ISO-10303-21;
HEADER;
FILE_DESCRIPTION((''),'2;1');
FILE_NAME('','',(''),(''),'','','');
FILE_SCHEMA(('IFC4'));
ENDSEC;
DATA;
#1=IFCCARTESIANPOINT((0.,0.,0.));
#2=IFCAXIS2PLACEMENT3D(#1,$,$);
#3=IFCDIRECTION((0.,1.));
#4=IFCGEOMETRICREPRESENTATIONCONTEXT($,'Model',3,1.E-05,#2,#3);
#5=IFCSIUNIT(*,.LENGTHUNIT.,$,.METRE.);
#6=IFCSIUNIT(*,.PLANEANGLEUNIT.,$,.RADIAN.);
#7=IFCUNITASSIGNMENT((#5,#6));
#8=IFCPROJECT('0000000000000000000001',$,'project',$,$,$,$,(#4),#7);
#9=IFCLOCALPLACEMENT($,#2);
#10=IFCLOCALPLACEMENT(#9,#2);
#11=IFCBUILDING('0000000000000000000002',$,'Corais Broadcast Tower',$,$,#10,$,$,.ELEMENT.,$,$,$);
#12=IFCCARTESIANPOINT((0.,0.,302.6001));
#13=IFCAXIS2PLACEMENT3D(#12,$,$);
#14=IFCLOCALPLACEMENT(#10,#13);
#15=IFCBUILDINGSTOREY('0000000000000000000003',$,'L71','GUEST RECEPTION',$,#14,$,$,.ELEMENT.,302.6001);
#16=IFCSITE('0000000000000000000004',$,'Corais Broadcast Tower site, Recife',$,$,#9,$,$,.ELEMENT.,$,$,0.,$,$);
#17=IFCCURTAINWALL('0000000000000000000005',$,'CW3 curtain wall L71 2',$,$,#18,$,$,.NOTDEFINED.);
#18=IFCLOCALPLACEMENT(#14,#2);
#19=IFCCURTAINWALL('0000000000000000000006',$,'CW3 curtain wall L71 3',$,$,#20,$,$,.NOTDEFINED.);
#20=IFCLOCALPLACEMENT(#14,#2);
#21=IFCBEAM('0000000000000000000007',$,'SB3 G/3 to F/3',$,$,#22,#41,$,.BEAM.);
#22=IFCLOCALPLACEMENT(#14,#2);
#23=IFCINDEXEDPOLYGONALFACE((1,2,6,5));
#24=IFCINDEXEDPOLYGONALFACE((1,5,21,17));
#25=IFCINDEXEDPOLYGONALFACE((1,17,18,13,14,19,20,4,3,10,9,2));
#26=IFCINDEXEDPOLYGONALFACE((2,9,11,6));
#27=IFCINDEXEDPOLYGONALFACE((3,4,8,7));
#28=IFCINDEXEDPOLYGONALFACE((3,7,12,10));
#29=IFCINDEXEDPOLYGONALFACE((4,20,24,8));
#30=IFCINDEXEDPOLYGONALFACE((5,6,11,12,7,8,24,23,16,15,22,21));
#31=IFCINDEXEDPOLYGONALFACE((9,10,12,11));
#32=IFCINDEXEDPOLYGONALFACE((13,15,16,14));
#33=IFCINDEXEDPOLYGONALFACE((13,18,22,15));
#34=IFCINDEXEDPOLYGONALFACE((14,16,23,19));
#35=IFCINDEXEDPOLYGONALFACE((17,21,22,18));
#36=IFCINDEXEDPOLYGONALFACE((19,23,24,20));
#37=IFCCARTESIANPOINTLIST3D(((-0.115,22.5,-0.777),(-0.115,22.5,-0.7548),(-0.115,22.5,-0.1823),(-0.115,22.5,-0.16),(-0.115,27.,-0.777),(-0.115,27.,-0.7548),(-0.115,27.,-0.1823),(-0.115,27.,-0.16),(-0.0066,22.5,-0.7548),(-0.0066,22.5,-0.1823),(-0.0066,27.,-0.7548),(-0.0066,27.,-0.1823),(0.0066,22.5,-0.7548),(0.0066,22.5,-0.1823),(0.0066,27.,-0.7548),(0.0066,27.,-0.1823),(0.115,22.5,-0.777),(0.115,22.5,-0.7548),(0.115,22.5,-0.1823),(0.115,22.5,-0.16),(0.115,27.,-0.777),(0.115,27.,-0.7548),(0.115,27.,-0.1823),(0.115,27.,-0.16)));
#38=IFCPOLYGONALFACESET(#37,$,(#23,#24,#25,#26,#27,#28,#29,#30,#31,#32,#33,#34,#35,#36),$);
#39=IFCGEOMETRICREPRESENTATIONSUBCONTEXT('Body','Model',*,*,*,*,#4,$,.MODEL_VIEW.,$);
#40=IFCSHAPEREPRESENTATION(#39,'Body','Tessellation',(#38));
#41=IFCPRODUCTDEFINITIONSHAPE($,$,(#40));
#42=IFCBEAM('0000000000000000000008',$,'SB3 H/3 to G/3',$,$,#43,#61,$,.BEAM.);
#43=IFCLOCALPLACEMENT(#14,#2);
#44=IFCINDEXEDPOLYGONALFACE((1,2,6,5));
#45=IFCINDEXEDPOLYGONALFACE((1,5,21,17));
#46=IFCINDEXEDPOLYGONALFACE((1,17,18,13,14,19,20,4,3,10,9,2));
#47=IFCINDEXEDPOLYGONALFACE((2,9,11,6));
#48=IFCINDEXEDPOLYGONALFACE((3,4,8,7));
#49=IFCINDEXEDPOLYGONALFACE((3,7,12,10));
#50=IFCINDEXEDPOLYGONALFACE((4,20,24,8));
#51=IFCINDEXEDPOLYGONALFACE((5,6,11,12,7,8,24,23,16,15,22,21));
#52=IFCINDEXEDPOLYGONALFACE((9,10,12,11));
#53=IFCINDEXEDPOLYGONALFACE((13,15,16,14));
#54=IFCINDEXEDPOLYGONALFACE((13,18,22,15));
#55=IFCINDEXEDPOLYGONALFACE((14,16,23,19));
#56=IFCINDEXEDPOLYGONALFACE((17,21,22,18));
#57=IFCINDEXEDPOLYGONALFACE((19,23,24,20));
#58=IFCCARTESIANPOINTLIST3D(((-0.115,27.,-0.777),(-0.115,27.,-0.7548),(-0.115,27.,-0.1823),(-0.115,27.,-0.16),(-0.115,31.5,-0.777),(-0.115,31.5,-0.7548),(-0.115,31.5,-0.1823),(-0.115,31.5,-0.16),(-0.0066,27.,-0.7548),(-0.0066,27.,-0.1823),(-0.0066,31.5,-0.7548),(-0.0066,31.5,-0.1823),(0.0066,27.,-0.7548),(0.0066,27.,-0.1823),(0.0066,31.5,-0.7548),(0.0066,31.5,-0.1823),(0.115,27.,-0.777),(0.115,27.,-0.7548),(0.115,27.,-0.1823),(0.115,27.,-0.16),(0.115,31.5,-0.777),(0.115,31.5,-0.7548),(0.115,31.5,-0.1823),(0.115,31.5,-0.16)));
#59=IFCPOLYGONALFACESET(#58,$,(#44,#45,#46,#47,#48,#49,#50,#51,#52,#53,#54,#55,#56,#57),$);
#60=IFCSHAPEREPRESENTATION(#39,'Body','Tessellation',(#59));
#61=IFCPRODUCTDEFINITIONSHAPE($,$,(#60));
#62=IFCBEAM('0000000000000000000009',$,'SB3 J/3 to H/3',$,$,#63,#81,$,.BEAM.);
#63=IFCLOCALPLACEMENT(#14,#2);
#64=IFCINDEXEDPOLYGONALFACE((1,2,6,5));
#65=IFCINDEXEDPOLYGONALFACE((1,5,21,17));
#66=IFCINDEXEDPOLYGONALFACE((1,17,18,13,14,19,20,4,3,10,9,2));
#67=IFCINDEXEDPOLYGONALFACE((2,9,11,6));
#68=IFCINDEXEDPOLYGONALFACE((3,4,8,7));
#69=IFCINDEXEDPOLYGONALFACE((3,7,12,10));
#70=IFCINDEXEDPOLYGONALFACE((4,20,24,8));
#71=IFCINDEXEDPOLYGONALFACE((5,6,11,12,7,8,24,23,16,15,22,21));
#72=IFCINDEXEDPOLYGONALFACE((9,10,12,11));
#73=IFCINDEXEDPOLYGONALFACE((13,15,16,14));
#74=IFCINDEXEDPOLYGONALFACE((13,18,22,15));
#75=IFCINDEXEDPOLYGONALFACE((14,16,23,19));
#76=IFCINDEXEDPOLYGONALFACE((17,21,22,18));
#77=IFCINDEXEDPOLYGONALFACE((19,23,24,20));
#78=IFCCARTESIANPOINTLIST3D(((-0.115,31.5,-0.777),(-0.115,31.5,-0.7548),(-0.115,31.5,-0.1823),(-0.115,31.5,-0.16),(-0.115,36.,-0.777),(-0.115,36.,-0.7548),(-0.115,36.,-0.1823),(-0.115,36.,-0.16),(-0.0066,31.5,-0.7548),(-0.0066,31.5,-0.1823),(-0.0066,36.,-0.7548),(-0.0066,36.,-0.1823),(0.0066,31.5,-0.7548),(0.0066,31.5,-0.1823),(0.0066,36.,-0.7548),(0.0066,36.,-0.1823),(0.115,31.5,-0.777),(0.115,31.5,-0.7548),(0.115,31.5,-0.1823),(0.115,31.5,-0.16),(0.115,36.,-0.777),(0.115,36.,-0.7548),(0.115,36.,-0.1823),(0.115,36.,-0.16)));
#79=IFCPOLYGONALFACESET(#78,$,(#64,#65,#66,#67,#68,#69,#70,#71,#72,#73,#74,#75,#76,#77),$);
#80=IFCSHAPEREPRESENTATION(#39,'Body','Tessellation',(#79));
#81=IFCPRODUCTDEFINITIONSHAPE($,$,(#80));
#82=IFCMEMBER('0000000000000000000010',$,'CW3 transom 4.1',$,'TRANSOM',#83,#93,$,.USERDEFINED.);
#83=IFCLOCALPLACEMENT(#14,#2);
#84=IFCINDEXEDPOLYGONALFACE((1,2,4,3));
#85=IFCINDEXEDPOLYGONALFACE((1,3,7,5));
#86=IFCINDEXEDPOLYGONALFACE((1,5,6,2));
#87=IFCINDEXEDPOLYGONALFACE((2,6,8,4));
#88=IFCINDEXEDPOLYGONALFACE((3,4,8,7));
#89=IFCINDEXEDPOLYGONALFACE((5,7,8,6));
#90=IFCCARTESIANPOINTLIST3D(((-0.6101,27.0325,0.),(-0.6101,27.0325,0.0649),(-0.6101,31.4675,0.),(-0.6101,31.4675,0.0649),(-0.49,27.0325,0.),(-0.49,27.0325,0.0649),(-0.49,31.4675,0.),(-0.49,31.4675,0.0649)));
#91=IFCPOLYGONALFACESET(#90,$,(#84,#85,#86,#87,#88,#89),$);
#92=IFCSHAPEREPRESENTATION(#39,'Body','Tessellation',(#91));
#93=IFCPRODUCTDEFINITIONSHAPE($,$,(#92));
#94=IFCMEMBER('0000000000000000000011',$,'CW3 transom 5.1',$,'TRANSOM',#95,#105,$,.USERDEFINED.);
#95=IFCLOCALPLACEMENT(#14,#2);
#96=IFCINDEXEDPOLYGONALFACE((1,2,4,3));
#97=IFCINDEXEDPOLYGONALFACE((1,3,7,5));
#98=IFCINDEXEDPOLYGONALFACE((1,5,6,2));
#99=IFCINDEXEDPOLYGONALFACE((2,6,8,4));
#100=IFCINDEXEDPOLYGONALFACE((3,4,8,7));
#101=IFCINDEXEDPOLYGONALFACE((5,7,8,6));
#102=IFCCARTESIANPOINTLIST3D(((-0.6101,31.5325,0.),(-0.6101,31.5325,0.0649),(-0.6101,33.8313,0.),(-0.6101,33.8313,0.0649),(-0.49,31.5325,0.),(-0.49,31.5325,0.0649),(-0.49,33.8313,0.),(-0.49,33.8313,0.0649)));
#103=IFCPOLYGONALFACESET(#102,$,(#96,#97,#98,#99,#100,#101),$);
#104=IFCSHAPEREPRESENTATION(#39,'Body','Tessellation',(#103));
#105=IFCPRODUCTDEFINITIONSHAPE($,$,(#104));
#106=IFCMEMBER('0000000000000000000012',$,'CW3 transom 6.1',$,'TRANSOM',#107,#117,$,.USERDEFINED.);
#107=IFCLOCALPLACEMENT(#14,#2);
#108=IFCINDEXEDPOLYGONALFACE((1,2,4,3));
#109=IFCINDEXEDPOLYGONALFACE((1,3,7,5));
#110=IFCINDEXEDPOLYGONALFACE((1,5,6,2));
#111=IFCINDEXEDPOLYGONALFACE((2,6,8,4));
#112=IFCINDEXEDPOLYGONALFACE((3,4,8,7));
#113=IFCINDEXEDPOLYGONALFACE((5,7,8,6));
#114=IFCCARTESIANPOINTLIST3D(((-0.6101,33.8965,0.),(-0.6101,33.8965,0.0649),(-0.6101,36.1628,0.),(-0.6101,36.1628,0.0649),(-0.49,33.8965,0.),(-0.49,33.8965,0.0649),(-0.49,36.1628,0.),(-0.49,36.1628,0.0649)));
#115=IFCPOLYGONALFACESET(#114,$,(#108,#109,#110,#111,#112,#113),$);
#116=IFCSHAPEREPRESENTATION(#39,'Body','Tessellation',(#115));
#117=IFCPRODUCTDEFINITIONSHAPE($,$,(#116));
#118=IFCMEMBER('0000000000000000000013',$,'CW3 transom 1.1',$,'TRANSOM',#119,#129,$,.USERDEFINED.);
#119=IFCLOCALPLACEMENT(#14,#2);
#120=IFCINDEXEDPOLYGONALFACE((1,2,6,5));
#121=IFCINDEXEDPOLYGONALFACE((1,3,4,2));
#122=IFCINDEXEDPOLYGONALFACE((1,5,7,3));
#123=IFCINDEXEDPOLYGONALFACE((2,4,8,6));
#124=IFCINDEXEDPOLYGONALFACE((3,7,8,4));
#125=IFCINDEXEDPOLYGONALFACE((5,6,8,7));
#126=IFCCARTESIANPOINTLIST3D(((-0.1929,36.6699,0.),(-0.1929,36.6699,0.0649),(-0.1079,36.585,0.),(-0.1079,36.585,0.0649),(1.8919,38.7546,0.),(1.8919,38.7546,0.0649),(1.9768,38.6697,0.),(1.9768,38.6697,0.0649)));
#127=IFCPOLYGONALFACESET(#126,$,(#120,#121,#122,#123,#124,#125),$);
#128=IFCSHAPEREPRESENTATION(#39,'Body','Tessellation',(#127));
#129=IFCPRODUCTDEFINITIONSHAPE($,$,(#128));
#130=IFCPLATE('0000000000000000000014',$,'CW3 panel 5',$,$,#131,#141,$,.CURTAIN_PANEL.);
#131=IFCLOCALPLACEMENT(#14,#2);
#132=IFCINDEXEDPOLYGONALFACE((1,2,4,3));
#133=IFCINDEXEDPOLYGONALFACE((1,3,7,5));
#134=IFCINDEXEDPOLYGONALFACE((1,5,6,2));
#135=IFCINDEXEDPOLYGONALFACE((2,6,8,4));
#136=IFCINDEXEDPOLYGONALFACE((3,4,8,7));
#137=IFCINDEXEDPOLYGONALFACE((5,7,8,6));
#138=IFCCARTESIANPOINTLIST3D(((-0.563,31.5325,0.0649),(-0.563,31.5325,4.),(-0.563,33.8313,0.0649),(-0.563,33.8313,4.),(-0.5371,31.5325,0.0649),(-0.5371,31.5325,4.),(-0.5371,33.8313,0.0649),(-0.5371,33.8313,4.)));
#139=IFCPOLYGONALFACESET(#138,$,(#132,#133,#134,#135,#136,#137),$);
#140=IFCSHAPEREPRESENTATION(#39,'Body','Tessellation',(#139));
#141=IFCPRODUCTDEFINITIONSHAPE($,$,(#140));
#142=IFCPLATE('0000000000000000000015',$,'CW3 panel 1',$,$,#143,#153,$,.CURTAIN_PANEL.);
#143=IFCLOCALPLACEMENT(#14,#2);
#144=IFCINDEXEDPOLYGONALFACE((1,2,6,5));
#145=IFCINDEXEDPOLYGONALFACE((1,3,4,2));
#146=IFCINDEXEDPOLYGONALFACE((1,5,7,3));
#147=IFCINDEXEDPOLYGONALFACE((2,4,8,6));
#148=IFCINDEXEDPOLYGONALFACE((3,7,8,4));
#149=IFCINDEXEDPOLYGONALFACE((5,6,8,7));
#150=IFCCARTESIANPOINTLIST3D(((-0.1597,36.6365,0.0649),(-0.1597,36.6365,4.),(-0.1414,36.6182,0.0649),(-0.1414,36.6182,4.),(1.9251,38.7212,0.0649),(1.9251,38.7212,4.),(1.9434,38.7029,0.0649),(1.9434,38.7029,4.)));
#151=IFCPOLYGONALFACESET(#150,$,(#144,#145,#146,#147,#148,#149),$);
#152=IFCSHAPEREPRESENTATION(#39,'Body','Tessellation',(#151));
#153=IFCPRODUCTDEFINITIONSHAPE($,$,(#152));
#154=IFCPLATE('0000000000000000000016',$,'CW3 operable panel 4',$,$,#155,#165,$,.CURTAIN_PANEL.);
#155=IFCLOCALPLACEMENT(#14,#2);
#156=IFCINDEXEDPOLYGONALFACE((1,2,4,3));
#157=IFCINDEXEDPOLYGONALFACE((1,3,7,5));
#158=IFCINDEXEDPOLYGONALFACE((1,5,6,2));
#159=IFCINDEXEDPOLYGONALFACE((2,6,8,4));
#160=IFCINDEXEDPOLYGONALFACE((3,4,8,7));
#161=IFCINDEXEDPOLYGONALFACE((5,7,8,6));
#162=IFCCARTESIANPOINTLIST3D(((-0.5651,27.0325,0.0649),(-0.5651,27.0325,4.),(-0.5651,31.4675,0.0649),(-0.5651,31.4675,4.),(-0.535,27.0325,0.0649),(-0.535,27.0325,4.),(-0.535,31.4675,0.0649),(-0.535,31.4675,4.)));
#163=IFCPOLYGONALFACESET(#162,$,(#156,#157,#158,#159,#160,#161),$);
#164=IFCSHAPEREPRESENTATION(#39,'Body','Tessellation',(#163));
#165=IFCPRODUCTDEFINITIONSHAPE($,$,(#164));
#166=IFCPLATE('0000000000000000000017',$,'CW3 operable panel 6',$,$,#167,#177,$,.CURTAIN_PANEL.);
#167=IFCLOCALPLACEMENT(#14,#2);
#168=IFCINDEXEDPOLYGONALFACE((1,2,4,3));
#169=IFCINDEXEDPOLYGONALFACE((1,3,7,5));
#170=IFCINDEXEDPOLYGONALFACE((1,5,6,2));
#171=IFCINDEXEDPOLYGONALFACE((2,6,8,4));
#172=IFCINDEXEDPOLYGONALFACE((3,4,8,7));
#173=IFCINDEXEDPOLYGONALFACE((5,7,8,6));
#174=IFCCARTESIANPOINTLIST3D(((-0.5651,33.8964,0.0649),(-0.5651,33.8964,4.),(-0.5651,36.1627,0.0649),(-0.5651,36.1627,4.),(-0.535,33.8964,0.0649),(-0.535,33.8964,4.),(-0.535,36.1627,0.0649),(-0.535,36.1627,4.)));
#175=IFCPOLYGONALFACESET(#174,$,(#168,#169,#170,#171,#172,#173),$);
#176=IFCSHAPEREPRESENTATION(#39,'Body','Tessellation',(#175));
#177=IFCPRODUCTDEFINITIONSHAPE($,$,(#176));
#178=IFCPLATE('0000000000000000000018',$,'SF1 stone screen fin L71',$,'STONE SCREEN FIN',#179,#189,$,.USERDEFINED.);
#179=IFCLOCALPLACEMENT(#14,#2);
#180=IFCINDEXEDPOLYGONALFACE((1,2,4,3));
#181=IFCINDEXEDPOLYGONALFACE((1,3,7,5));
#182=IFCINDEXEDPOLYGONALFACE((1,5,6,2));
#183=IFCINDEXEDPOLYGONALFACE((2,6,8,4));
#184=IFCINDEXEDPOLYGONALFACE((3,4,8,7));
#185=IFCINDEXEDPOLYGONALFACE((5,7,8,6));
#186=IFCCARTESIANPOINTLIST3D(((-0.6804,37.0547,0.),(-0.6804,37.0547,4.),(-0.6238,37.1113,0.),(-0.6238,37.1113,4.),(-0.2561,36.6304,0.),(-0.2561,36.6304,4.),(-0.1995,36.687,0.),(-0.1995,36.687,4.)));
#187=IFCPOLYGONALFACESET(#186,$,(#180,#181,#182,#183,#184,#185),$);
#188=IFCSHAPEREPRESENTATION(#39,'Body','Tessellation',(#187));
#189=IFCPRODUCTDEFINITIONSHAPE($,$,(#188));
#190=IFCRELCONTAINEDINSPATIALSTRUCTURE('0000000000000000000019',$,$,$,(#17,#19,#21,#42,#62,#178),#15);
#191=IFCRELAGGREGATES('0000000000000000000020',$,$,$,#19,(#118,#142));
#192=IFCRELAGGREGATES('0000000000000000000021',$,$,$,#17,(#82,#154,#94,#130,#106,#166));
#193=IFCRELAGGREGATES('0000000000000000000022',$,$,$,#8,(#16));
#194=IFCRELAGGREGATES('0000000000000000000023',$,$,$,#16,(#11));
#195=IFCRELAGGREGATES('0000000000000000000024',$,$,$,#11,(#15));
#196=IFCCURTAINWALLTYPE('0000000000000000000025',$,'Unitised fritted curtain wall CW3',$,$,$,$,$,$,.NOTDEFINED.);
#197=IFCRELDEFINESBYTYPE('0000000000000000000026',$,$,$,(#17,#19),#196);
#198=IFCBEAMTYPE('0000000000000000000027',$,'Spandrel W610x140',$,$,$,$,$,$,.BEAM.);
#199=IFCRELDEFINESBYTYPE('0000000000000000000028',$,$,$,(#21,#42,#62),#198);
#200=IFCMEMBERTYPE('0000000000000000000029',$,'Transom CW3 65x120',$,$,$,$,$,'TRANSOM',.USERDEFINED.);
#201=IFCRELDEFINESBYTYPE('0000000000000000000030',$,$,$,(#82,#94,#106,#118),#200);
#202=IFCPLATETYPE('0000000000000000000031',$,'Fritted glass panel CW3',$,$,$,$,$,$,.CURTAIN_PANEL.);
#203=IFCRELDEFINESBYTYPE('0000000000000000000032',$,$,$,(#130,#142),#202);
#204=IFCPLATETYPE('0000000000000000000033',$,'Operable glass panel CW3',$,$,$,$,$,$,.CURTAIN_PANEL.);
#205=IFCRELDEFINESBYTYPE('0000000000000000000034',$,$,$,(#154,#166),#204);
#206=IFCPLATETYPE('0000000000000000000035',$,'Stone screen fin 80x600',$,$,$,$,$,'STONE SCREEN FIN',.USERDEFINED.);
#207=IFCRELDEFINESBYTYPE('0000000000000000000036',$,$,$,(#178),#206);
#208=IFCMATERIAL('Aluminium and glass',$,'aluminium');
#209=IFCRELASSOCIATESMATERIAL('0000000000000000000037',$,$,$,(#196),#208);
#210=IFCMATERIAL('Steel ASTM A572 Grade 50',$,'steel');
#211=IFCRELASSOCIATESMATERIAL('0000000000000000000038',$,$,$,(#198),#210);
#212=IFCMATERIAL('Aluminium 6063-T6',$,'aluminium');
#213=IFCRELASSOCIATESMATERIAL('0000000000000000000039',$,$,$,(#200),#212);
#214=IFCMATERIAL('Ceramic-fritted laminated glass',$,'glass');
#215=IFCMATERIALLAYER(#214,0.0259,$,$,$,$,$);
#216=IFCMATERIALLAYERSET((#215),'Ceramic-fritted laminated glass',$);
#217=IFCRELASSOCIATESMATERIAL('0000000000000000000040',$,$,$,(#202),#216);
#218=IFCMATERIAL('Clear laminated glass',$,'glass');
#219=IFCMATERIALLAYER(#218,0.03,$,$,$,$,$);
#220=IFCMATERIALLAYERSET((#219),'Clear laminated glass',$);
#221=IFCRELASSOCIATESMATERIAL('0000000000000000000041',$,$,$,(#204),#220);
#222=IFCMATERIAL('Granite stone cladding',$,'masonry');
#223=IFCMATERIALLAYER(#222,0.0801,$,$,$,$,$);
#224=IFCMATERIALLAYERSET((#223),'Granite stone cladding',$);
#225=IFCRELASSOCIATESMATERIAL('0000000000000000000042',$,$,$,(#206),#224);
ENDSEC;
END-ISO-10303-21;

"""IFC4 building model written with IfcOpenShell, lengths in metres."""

from ifc_helpers import new_model, si_unit, direction, frame, origin, origin_2d, place, context, subcontext, project, spatial, rectangle, i_section, extrude, material, layer, layer_set, material_profile, profile_set, type_object, element, aggregate, save


model = new_model("IFC4")

# Units and contexts
model_context = context("Model", 3, precision=1e-05, world=origin(), true_north=direction((0.0, 1.0)))
body_context = subcontext(model_context, "Body", "Model", "MODEL_VIEW")
ifc_project = project(units=[si_unit("LENGTHUNIT", "METRE"), si_unit("PLANEANGLEUNIT", "RADIAN")], contexts=[model_context])

# Site, building, storey
site_placement = place(None, origin())
site = spatial("IfcSite", under=ifc_project, at=site_placement, Name="Corais Broadcast Tower site, Recife", CompositionType="ELEMENT", RefElevation=0.0)
building_placement = place(site_placement, origin())
building = spatial("IfcBuilding", under=site, at=building_placement, Name="Corais Broadcast Tower", CompositionType="ELEMENT")
storey_placement = place(building_placement, frame((0.0, 0.0, 302.6001)))
storey = spatial("IfcBuildingStorey", under=building, at=storey_placement, Name="L71", Description="GUEST RECEPTION", CompositionType="ELEMENT", Elevation=302.6001)

# Curtain walls
ifc_material_1 = material(Name="Aluminium and glass", Category="aluminium")
curtain_wall_type = type_object("IfcCurtainWallType", Name="Unitised fritted curtain wall CW3", PredefinedType="NOTDEFINED", material=ifc_material_1)
curtain_wall_1_placement = place(storey_placement, origin())
curtain_wall_1 = element("IfcCurtainWall", 1, at=curtain_wall_1_placement, inside=storey, type_object=curtain_wall_type, Name="CW3 curtain wall L71 2", PredefinedType="NOTDEFINED")
curtain_wall_2_placement = place(storey_placement, origin())
curtain_wall_2 = element("IfcCurtainWall", 2, at=curtain_wall_2_placement, inside=storey, type_object=curtain_wall_type, Name="CW3 curtain wall L71 3", PredefinedType="NOTDEFINED")

# Beams
ifc_material_2 = material(Name="Steel ASTM A572 Grade 50", Category="steel")
ifc_material_profile_1 = material_profile(ifc_material_2, i_section(OverallWidth=0.23, OverallDepth=0.6169, WebThickness=0.0132, FlangeThickness=0.0222, at=origin_2d()), Name="W610x140")
ifc_profile_set_1 = profile_set([ifc_material_profile_1], Name="Steel ASTM A572 Grade 50")
beam_type_1 = type_object("IfcBeamType", Name="Spandrel W610x140", PredefinedType="BEAM", material=ifc_profile_set_1)
for number, where, z_axis, x_axis, name in (
    (3, (0.0, 27.0, -0.4685), (0.0, -1.0, 0.0), (1.0, 0.0, 0.0), "SB3 G/3 to F/3"),
    (4, (0.0, 31.5, -0.4685), (0.0, -1.0, 0.0), (1.0, 0.0, 0.0), "SB3 H/3 to G/3"),
    (5, (0.0, 36.0, -0.4685), (0.0, -1.0, 0.0), (1.0, 0.0, 0.0), "SB3 J/3 to H/3"),
):
    element("IfcBeam", number, at=place(storey_placement, frame(where, z_axis=z_axis, x_axis=x_axis)), inside=storey, type_object=beam_type_1, Name=name, PredefinedType="BEAM", context=body_context, shape_type="SweptSolid", body=[
        extrude(i_section(OverallWidth=0.23, OverallDepth=0.6169, WebThickness=0.0132, FlangeThickness=0.0222, at=origin_2d()), origin(), (0.0, 0.0, 1.0), 4.5),
    ])

# Members
ifc_material_3 = material(Name="Aluminium 6063-T6", Category="aluminium")
ifc_material_profile_2 = material_profile(ifc_material_3, rectangle(XDim=0.1201, YDim=0.0649, at=origin_2d()), Name="Transom CW3 65x120")
ifc_profile_set_2 = profile_set([ifc_material_profile_2], Name="Aluminium 6063-T6")
member_type_1 = type_object("IfcMemberType", Name="Transom CW3 65x120", ElementType="TRANSOM", PredefinedType="USERDEFINED", material=ifc_profile_set_2)
member_1_placement = place(storey_placement, frame((-0.55, 27.0325, 0.0325), z_axis=(0.0, 1.0, 0.0), x_axis=(-1.0, 0.0, 0.0)))
member_1 = element("IfcMember", 6, at=member_1_placement, type_object=member_type_1, Name="CW3 transom 4.1", ObjectType="TRANSOM", PredefinedType="USERDEFINED", context=body_context, shape_type="SweptSolid", body=[
    extrude(rectangle(XDim=0.1201, YDim=0.0649, at=origin_2d()), origin(), (0.0, 0.0, 1.0), 4.4351),
])
member_2_placement = place(storey_placement, frame((-0.55, 31.5325, 0.0325), z_axis=(0.0, 1.0, 0.0), x_axis=(-1.0, 0.0, 0.0)))
member_2 = element("IfcMember", 7, at=member_2_placement, type_object=member_type_1, Name="CW3 transom 5.1", ObjectType="TRANSOM", PredefinedType="USERDEFINED", context=body_context, shape_type="SweptSolid", body=[
    extrude(rectangle(XDim=0.1201, YDim=0.0649, at=origin_2d()), origin(), (0.0, 0.0, 1.0), 2.2988),
])
member_3_placement = place(storey_placement, frame((-0.55, 33.8965, 0.0325), z_axis=(0.0, 1.0, 0.0), x_axis=(-1.0, 0.0, 0.0)))
member_3 = element("IfcMember", 8, at=member_3_placement, type_object=member_type_1, Name="CW3 transom 6.1", ObjectType="TRANSOM", PredefinedType="USERDEFINED", context=body_context, shape_type="SweptSolid", body=[
    extrude(rectangle(XDim=0.1201, YDim=0.0649, at=origin_2d()), origin(), (0.0, 0.0, 1.0), 2.2664),
])
member_4_placement = place(storey_placement, frame((-0.1504, 36.6274, 0.0325), z_axis=(0.707107, 0.707107, 0.0), x_axis=(-0.707107, 0.707107, 0.0)))
member_4 = element("IfcMember", 9, at=member_4_placement, type_object=member_type_1, Name="CW3 transom 1.1", ObjectType="TRANSOM", PredefinedType="USERDEFINED", context=body_context, shape_type="SweptSolid", body=[
    extrude(rectangle(XDim=0.1201, YDim=0.0649, at=origin_2d()), origin(), (0.0, 0.0, 1.0), 2.9482),
])

# Plates
ifc_material_4 = material(Name="Ceramic-fritted laminated glass", Category="glass")
ifc_layer_1 = layer(ifc_material_4, 0.0259)
ifc_layer_set_1 = layer_set([ifc_layer_1], Name="Ceramic-fritted laminated glass")
plate_type_1 = type_object("IfcPlateType", Name="Fritted glass panel CW3", PredefinedType="CURTAIN_PANEL", material=ifc_layer_set_1)
plate_1_placement = place(storey_placement, frame((-0.55, 32.6819, 0.0649), z_axis=(0.0, 0.0, 1.0), x_axis=(0.0, 1.0, 0.0)))
plate_1 = element("IfcPlate", 10, at=plate_1_placement, type_object=plate_type_1, Name="CW3 panel 5", PredefinedType="CURTAIN_PANEL", context=body_context, shape_type="SweptSolid", body=[
    extrude(rectangle(XDim=2.2988, YDim=0.0259, at=origin_2d()), origin(), (0.0, 0.0, 1.0), 3.9351),
])
plate_2_placement = place(storey_placement, frame((0.8918, 37.6697, 0.0649), z_axis=(0.0, 0.0, 1.0), x_axis=(0.707107, 0.707107, 0.0)))
plate_2 = element("IfcPlate", 11, at=plate_2_placement, type_object=plate_type_1, Name="CW3 panel 1", PredefinedType="CURTAIN_PANEL", context=body_context, shape_type="SweptSolid", body=[
    extrude(rectangle(XDim=2.9482, YDim=0.0259, at=origin_2d()), origin(), (0.0, 0.0, 1.0), 3.9351),
])
aggregate(curtain_wall_2, [member_4, plate_2])
ifc_material_5 = material(Name="Clear laminated glass", Category="glass")
ifc_layer_2 = layer(ifc_material_5, 0.03)
ifc_layer_set_2 = layer_set([ifc_layer_2], Name="Clear laminated glass")
plate_type_2 = type_object("IfcPlateType", Name="Operable glass panel CW3", PredefinedType="CURTAIN_PANEL", material=ifc_layer_set_2)
plate_3_placement = place(storey_placement, frame((-0.55, 29.25, 0.0649), z_axis=(0.0, 0.0, 1.0), x_axis=(0.0, 1.0, 0.0)))
plate_3 = element("IfcPlate", 12, at=plate_3_placement, type_object=plate_type_2, Name="CW3 operable panel 4", PredefinedType="CURTAIN_PANEL", context=body_context, shape_type="SweptSolid", body=[
    extrude(rectangle(XDim=4.4351, YDim=0.03, at=origin_2d()), origin(), (0.0, 0.0, 1.0), 3.9351),
])
plate_4_placement = place(storey_placement, frame((-0.55, 35.0295, 0.0649), z_axis=(0.0, 0.0, 1.0), x_axis=(0.0, 1.0, 0.0)))
plate_4 = element("IfcPlate", 13, at=plate_4_placement, type_object=plate_type_2, Name="CW3 operable panel 6", PredefinedType="CURTAIN_PANEL", context=body_context, shape_type="SweptSolid", body=[
    extrude(rectangle(XDim=2.2664, YDim=0.03, at=origin_2d()), origin(), (0.0, 0.0, 1.0), 3.9351),
])
aggregate(curtain_wall_1, [member_1, plate_3, member_2, plate_1, member_3, plate_4])
ifc_material_6 = material(Name="Granite stone cladding", Category="masonry")
ifc_layer_3 = layer(ifc_material_6, 0.0801)
ifc_layer_set_3 = layer_set([ifc_layer_3], Name="Granite stone cladding")
plate_type_3 = type_object("IfcPlateType", Name="Stone screen fin 80x600", ElementType="STONE SCREEN FIN", PredefinedType="USERDEFINED", material=ifc_layer_set_3)
plate_5_placement = place(storey_placement, frame((-0.4399, 36.8708, 0.0), z_axis=(0.0, 0.0, 1.0), x_axis=(0.707107, 0.707107, 0.0)))
element("IfcPlate", 14, at=plate_5_placement, inside=storey, type_object=plate_type_3, Name="SF1 stone screen fin L71", ObjectType="STONE SCREEN FIN", PredefinedType="USERDEFINED", context=body_context, shape_type="SweptSolid", body=[
    extrude(rectangle(XDim=0.0801, YDim=0.6001, at=origin_2d()), origin(), (0.0, 0.0, 1.0), 4.0),
])

save(model, "model.ifc")
